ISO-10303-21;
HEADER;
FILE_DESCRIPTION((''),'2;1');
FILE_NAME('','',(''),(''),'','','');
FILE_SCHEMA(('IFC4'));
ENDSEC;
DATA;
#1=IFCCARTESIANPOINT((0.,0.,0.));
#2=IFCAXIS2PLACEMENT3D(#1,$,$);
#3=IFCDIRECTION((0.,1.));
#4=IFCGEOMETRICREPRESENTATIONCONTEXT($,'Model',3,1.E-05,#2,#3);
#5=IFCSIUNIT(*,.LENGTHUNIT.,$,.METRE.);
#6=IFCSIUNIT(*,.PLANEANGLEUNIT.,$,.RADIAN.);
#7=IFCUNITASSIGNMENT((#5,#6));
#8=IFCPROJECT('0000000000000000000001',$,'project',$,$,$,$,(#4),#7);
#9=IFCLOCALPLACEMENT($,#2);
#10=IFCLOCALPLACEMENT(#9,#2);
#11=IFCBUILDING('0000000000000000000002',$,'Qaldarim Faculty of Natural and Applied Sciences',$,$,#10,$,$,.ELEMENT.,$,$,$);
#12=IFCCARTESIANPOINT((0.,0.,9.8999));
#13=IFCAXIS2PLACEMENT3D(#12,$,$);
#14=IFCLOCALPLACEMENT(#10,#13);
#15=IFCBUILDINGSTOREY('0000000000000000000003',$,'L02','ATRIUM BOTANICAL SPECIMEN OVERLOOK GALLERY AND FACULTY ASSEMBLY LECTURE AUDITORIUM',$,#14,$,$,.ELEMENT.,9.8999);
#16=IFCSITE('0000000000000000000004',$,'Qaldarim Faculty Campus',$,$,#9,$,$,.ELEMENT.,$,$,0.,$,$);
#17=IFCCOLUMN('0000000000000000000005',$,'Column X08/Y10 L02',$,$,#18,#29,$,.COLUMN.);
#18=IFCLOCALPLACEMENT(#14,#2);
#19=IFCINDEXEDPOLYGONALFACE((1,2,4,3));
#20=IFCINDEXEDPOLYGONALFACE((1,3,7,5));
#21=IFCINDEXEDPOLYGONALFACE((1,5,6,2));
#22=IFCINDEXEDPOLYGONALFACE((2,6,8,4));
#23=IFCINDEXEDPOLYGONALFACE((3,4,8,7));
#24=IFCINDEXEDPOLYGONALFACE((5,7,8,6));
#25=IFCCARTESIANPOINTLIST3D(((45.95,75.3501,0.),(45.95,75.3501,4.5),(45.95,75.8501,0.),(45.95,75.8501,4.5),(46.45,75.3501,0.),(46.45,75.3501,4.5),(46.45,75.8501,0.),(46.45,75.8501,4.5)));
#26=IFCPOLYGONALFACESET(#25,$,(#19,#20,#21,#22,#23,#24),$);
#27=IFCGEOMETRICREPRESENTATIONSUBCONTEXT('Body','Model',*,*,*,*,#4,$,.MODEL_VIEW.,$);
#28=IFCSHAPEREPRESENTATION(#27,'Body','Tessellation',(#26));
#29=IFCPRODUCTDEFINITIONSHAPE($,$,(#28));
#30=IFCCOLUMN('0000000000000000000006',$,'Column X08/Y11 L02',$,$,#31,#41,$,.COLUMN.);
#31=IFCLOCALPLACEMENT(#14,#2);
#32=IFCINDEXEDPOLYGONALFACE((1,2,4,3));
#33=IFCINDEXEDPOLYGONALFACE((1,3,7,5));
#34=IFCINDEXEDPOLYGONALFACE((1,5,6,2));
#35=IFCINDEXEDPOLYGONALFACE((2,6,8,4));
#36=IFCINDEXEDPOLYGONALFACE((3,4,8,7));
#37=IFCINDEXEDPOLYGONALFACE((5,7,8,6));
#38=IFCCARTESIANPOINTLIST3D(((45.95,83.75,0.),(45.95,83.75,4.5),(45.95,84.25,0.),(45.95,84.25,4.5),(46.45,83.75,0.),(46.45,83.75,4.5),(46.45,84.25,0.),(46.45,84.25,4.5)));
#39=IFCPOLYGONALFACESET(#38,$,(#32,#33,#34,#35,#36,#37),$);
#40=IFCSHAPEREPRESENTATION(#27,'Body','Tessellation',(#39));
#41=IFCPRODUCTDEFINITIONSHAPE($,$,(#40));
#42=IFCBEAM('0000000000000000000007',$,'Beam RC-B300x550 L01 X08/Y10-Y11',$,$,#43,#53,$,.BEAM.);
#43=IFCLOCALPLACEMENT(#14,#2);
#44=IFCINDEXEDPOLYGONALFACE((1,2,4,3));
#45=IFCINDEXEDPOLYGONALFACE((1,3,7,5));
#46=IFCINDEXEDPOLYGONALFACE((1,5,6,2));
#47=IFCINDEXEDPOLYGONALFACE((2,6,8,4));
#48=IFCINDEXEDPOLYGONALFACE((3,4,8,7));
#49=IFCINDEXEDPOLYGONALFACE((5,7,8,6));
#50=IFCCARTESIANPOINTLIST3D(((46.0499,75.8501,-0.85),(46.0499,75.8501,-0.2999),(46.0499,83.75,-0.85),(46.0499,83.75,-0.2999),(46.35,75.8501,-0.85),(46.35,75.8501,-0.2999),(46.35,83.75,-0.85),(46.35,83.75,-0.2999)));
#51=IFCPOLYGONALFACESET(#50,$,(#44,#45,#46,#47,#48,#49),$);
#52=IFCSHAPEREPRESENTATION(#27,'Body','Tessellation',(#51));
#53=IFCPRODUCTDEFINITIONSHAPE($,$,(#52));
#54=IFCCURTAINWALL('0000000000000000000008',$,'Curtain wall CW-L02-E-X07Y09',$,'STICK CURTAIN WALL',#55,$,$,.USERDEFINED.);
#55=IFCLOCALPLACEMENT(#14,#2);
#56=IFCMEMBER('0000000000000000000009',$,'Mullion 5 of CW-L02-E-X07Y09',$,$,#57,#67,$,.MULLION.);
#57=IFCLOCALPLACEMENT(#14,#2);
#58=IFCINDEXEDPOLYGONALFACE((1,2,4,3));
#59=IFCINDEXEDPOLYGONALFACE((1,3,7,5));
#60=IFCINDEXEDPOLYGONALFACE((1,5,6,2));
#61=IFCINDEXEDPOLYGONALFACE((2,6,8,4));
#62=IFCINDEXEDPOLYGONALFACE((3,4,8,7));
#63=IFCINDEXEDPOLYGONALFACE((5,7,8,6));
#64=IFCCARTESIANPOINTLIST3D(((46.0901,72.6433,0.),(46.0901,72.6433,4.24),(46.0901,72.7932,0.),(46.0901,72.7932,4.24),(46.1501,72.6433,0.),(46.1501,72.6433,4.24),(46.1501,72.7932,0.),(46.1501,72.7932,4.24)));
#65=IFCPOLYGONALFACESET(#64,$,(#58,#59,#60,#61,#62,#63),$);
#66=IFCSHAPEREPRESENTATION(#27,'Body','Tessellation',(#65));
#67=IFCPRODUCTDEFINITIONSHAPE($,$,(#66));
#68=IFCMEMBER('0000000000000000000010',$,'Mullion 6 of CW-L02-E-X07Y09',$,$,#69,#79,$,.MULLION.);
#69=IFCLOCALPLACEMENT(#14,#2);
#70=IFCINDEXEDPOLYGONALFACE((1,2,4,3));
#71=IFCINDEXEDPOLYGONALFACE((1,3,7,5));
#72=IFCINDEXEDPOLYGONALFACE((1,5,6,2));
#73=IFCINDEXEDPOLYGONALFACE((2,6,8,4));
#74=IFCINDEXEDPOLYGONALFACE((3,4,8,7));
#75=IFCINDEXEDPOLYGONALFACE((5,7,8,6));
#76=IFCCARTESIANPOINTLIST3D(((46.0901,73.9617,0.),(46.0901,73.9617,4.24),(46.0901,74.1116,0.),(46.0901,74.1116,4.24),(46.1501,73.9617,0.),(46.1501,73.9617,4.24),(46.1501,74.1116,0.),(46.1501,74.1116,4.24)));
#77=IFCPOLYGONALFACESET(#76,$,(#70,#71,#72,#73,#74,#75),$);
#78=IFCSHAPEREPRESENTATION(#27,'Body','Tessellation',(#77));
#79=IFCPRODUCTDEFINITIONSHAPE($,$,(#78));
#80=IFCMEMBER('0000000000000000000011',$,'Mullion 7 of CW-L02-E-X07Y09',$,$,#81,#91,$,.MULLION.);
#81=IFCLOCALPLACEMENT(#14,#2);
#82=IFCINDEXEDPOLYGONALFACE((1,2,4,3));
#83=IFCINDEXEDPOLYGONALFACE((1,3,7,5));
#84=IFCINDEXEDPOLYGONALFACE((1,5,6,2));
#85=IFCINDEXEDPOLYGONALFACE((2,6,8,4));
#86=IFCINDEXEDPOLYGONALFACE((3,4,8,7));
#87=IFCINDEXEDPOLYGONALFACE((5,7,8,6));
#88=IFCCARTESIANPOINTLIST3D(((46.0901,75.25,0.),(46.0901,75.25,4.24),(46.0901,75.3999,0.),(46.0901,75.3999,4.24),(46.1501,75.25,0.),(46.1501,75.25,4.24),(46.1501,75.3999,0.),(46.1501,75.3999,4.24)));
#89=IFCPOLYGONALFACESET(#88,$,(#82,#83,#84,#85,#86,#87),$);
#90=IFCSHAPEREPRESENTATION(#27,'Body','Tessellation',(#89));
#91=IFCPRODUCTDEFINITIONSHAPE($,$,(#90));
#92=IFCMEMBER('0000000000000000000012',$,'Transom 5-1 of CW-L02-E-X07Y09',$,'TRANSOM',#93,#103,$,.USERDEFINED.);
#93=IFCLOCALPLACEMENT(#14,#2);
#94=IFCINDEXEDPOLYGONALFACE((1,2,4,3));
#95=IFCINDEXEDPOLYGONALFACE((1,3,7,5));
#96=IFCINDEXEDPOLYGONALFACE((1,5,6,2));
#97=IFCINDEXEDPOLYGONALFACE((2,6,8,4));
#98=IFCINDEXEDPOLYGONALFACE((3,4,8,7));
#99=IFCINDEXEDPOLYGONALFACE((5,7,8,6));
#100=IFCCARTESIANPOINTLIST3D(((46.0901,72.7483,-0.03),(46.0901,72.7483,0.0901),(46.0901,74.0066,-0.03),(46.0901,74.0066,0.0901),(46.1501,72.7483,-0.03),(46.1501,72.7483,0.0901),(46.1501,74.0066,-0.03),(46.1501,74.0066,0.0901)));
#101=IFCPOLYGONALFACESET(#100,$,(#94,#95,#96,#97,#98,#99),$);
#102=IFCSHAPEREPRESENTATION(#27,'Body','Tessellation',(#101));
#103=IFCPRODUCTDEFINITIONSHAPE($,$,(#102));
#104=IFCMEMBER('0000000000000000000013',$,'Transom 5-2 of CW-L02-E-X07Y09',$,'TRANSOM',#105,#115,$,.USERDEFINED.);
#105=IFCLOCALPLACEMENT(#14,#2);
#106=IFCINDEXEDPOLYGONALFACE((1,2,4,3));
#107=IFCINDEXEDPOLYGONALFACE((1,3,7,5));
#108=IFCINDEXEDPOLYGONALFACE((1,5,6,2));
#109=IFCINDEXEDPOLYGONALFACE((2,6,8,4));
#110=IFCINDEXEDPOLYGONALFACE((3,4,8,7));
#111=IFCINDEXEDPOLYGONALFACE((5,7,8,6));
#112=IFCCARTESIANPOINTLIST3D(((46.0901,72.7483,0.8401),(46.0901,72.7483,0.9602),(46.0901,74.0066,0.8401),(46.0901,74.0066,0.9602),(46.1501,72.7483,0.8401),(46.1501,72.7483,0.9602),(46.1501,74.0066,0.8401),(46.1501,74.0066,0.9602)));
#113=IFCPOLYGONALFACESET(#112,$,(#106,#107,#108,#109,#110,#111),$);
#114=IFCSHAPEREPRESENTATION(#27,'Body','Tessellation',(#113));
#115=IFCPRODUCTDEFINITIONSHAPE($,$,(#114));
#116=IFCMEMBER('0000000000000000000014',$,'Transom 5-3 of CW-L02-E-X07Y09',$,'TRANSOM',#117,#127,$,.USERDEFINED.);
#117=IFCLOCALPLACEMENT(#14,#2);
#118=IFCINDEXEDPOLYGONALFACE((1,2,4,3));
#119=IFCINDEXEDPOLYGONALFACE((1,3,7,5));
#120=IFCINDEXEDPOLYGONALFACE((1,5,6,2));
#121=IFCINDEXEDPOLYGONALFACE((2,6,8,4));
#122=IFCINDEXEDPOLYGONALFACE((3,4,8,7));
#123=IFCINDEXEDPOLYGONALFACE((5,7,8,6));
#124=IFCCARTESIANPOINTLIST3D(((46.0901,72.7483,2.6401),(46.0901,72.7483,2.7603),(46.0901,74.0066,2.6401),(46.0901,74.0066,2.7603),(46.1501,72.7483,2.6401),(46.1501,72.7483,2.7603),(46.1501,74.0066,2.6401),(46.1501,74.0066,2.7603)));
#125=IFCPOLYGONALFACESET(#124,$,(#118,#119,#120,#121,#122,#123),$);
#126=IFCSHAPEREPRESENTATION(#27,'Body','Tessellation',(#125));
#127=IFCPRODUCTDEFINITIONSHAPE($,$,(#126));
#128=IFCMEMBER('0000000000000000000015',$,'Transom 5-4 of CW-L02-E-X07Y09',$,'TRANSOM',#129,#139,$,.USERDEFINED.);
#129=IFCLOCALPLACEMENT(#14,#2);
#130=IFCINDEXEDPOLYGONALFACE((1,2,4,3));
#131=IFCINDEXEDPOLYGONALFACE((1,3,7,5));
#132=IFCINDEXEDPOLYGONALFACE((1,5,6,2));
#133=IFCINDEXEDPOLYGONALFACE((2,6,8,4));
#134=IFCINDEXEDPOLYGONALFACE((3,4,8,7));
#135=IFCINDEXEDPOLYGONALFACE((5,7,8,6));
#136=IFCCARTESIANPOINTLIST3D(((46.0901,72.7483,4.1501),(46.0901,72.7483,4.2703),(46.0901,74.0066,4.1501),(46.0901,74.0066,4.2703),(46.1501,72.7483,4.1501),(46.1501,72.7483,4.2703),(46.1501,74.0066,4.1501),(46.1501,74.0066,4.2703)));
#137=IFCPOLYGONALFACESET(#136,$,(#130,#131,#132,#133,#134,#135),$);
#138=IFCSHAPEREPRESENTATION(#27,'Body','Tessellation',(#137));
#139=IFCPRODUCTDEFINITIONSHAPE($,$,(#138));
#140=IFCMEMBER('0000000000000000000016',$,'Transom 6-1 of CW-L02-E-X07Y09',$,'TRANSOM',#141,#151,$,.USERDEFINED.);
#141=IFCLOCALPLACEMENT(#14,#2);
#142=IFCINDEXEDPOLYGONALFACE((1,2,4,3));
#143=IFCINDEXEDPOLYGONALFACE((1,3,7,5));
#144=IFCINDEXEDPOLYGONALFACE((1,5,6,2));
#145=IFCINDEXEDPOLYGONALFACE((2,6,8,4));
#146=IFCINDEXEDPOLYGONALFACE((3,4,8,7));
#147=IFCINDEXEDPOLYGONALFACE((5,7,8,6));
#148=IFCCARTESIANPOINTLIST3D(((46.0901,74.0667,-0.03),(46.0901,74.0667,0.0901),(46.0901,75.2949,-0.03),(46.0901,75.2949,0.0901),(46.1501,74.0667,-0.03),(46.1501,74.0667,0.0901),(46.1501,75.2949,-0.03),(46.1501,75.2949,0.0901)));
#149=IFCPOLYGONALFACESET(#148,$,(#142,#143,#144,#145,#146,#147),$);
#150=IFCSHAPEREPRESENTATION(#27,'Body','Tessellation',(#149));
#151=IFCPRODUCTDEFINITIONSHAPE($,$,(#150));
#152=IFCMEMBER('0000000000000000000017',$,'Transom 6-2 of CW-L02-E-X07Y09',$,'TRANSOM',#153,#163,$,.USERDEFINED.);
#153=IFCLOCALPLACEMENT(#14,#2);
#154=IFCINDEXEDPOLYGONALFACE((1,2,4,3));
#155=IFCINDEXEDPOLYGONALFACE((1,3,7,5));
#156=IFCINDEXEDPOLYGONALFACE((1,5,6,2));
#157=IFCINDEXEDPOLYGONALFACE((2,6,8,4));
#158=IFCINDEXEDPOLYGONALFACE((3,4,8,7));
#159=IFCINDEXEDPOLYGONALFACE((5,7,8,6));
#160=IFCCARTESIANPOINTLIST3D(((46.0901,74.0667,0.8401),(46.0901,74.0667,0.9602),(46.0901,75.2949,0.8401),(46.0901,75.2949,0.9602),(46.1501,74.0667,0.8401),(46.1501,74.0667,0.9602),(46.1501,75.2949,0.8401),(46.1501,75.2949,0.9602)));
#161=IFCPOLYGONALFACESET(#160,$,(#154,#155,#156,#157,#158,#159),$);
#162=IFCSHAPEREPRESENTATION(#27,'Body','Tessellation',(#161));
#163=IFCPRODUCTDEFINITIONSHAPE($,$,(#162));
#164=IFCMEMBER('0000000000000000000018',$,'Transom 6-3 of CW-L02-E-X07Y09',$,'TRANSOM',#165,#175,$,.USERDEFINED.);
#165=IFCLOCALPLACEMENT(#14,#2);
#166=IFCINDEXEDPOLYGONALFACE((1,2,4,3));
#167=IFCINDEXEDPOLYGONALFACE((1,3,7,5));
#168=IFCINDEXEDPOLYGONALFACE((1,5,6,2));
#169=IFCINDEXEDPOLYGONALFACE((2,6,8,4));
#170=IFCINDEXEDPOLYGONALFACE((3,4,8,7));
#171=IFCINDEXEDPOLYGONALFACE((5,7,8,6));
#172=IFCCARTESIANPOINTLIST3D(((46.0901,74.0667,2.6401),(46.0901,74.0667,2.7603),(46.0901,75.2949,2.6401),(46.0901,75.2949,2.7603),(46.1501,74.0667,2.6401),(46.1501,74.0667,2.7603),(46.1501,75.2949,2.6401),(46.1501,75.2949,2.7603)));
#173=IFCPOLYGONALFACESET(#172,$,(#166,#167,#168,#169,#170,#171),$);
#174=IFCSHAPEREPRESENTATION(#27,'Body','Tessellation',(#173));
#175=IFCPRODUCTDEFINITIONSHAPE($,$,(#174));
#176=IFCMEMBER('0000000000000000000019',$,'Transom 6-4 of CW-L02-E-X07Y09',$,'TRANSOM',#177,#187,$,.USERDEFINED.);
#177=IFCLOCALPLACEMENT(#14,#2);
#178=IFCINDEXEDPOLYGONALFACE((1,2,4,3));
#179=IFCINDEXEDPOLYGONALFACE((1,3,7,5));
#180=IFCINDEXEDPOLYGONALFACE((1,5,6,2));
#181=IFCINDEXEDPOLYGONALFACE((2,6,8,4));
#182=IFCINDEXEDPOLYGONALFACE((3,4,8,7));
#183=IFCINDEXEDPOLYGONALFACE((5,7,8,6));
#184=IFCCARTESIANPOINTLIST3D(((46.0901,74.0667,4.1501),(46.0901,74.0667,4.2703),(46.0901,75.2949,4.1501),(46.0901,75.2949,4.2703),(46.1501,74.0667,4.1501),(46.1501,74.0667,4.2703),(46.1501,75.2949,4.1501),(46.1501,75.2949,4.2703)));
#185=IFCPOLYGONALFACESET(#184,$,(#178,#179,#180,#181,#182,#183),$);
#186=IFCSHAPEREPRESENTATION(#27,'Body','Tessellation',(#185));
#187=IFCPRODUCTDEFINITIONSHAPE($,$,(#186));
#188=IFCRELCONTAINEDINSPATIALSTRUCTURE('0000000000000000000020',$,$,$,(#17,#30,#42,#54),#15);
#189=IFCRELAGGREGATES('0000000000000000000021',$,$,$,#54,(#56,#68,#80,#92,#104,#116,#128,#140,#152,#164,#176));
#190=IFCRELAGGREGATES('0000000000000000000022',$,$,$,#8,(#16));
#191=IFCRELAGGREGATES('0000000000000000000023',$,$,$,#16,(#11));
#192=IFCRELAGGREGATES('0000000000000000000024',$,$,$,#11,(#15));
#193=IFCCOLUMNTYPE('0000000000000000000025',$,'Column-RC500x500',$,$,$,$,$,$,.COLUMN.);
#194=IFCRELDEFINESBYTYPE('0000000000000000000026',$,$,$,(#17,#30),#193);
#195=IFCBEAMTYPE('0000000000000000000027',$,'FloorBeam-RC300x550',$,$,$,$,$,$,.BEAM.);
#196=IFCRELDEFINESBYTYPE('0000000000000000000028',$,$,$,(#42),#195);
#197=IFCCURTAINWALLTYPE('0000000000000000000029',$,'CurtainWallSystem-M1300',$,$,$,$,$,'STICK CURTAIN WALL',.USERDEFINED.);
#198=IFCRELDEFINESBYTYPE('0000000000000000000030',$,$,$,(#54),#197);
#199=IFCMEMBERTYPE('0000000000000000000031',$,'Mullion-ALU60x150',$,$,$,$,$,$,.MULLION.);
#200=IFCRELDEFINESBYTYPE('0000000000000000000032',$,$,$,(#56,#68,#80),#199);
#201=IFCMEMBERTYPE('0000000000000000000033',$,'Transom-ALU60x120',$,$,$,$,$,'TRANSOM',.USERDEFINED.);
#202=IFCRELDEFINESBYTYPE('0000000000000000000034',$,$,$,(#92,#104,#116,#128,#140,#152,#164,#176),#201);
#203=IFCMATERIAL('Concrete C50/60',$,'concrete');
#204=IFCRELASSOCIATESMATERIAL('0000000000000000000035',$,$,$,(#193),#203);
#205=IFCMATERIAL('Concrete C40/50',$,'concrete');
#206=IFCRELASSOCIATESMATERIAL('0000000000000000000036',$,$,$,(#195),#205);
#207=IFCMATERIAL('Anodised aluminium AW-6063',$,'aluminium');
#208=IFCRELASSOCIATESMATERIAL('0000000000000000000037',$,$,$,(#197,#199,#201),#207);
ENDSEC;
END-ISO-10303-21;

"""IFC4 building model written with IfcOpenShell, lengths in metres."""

from ifc_helpers import new_model, si_unit, direction, frame, origin, origin_2d, place, context, subcontext, project, spatial, rectangle, extrude, material, material_profile, profile_set, type_object, element, aggregate, save


model = new_model("IFC4")

# Units and contexts
model_context = context("Model", 3, precision=1e-05, world=origin(), true_north=direction((0.0, 1.0)))
body_context = subcontext(model_context, "Body", "Model", "MODEL_VIEW")
ifc_project = project(units=[si_unit("LENGTHUNIT", "METRE"), si_unit("PLANEANGLEUNIT", "RADIAN")], contexts=[model_context])

# Site, building, storey
site_placement = place(None, origin())
site = spatial("IfcSite", under=ifc_project, at=site_placement, Name="Qaldarim Faculty Campus", CompositionType="ELEMENT", RefElevation=0.0)
building_placement = place(site_placement, origin())
building = spatial("IfcBuilding", under=site, at=building_placement, Name="Qaldarim Faculty of Natural and Applied Sciences", CompositionType="ELEMENT")
storey_placement = place(building_placement, frame((0.0, 0.0, 9.8999)))
storey = spatial("IfcBuildingStorey", under=building, at=storey_placement, Name="L02", Description="ATRIUM BOTANICAL SPECIMEN OVERLOOK GALLERY AND FACULTY ASSEMBLY LECTURE AUDITORIUM", CompositionType="ELEMENT", Elevation=9.8999)

# Columns
ifc_material_1 = material(Name="Concrete C50/60", Category="concrete")
ifc_material_profile_1 = material_profile(ifc_material_1, rectangle(XDim=0.5, YDim=0.5, at=origin_2d()), Name="RC-C500x500")
ifc_profile_set_1 = profile_set([ifc_material_profile_1], Name="Concrete C50/60")
column_type = type_object("IfcColumnType", Name="Column-RC500x500", PredefinedType="COLUMN", material=ifc_profile_set_1)
for number, where, z_axis, x_axis, name in (
    (1, (46.2, 75.6001, 0.0), (0.0, 0.0, 1.0), (1.0, 0.0, 0.0), "Column X08/Y10 L02"),
    (2, (46.2, 84.0, 0.0), (0.0, 0.0, 1.0), (1.0, 0.0, 0.0), "Column X08/Y11 L02"),
):
    element("IfcColumn", number, at=place(storey_placement, frame(where, z_axis=z_axis, x_axis=x_axis)), inside=storey, type_object=column_type, Name=name, PredefinedType="COLUMN", context=body_context, shape_type="SweptSolid", body=[
        extrude(rectangle(XDim=0.5, YDim=0.5, at=origin_2d()), origin(), (0.0, 0.0, 1.0), 4.5),
    ])

# Beam
ifc_material_2 = material(Name="Concrete C40/50", Category="concrete")
ifc_material_profile_2 = material_profile(ifc_material_2, rectangle(XDim=0.3, YDim=0.55, at=origin_2d()), Name="RC-B300x550")
ifc_profile_set_2 = profile_set([ifc_material_profile_2], Name="Concrete C40/50")
beam_type = type_object("IfcBeamType", Name="FloorBeam-RC300x550", PredefinedType="BEAM", material=ifc_profile_set_2)
beam_placement = place(storey_placement, frame((46.2, 75.8501, -0.575), z_axis=(0.0, 1.0, 0.0), x_axis=(-1.0, 0.0, 0.0)))
element("IfcBeam", 3, at=beam_placement, inside=storey, type_object=beam_type, Name="Beam RC-B300x550 L01 X08/Y10-Y11", PredefinedType="BEAM", context=body_context, shape_type="SweptSolid", body=[
    extrude(rectangle(XDim=0.3, YDim=0.55, at=origin_2d()), origin(), (0.0, 0.0, 1.0), 7.8999),
])

# Curtain wall, members
ifc_material_3 = material(Name="Anodised aluminium AW-6063", Category="aluminium")
curtain_wall_type = type_object("IfcCurtainWallType", Name="CurtainWallSystem-M1300", ElementType="STICK CURTAIN WALL", PredefinedType="USERDEFINED", material=ifc_material_3)
curtain_wall_placement = place(storey_placement, origin())
curtain_wall = element("IfcCurtainWall", 4, at=curtain_wall_placement, inside=storey, type_object=curtain_wall_type, Name="Curtain wall CW-L02-E-X07Y09", ObjectType="STICK CURTAIN WALL", PredefinedType="USERDEFINED")
ifc_material_profile_3 = material_profile(ifc_material_3, rectangle(XDim=0.0601, YDim=0.1499, at=origin_2d()), Name="ALU-M60x150")
ifc_profile_set_3 = profile_set([ifc_material_profile_3], Name="Anodised aluminium AW-6063")
member_type_1 = type_object("IfcMemberType", Name="Mullion-ALU60x150", PredefinedType="MULLION", material=ifc_profile_set_3)
member_1_placement = place(storey_placement, frame((46.1201, 72.7183, 0.0), z_axis=(0.0, 0.0, 1.0), x_axis=(-1.0, 0.0, 0.0)))
member_1 = element("IfcMember", 5, at=member_1_placement, type_object=member_type_1, Name="Mullion 5 of CW-L02-E-X07Y09", PredefinedType="MULLION", context=body_context, shape_type="SweptSolid", body=[
    extrude(rectangle(XDim=0.0601, YDim=0.1499, at=origin_2d()), origin(), (0.0, 0.0, 1.0), 4.24),
])
member_2_placement = place(storey_placement, frame((46.1201, 74.0366, 0.0), z_axis=(0.0, 0.0, 1.0), x_axis=(-1.0, 0.0, 0.0)))
member_2 = element("IfcMember", 6, at=member_2_placement, type_object=member_type_1, Name="Mullion 6 of CW-L02-E-X07Y09", PredefinedType="MULLION", context=body_context, shape_type="SweptSolid", body=[
    extrude(rectangle(XDim=0.0601, YDim=0.1499, at=origin_2d()), origin(), (0.0, 0.0, 1.0), 4.24),
])
member_3_placement = place(storey_placement, frame((46.1201, 75.325, 0.0), z_axis=(0.0, 0.0, 1.0), x_axis=(-1.0, 0.0, 0.0)))
member_3 = element("IfcMember", 7, at=member_3_placement, type_object=member_type_1, Name="Mullion 7 of CW-L02-E-X07Y09", PredefinedType="MULLION", context=body_context, shape_type="SweptSolid", body=[
    extrude(rectangle(XDim=0.0601, YDim=0.1499, at=origin_2d()), origin(), (0.0, 0.0, 1.0), 4.24),
])
ifc_material_profile_4 = material_profile(ifc_material_3, rectangle(XDim=0.0601, YDim=0.1201, at=origin_2d()), Name="ALU-T60x120")
ifc_profile_set_4 = profile_set([ifc_material_profile_4], Name="Anodised aluminium AW-6063")
member_type_2 = type_object("IfcMemberType", Name="Transom-ALU60x120", ElementType="TRANSOM", PredefinedType="USERDEFINED", material=ifc_profile_set_4)
member_4_placement = place(storey_placement, frame((46.1201, 72.7483, 0.03), z_axis=(0.0, 1.0, 0.0), x_axis=(-1.0, 0.0, 0.0)))
member_4 = element("IfcMember", 8, at=member_4_placement, type_object=member_type_2, Name="Transom 5-1 of CW-L02-E-X07Y09", ObjectType="TRANSOM", PredefinedType="USERDEFINED", context=body_context, shape_type="SweptSolid", body=[
    extrude(rectangle(XDim=0.0601, YDim=0.1201, at=origin_2d()), origin(), (0.0, 0.0, 1.0), 1.2583),
])
member_5_placement = place(storey_placement, frame((46.1201, 72.7483, 0.9001), z_axis=(0.0, 1.0, 0.0), x_axis=(-1.0, 0.0, 0.0)))
member_5 = element("IfcMember", 9, at=member_5_placement, type_object=member_type_2, Name="Transom 5-2 of CW-L02-E-X07Y09", ObjectType="TRANSOM", PredefinedType="USERDEFINED", context=body_context, shape_type="SweptSolid", body=[
    extrude(rectangle(XDim=0.0601, YDim=0.1201, at=origin_2d()), origin(), (0.0, 0.0, 1.0), 1.2583),
])
member_6_placement = place(storey_placement, frame((46.1201, 72.7483, 2.7002), z_axis=(0.0, 1.0, 0.0), x_axis=(-1.0, 0.0, 0.0)))
member_6 = element("IfcMember", 10, at=member_6_placement, type_object=member_type_2, Name="Transom 5-3 of CW-L02-E-X07Y09", ObjectType="TRANSOM", PredefinedType="USERDEFINED", context=body_context, shape_type="SweptSolid", body=[
    extrude(rectangle(XDim=0.0601, YDim=0.1201, at=origin_2d()), origin(), (0.0, 0.0, 1.0), 1.2583),
])
member_7_placement = place(storey_placement, frame((46.1201, 72.7483, 4.2102), z_axis=(0.0, 1.0, 0.0), x_axis=(-1.0, 0.0, 0.0)))
member_7 = element("IfcMember", 11, at=member_7_placement, type_object=member_type_2, Name="Transom 5-4 of CW-L02-E-X07Y09", ObjectType="TRANSOM", PredefinedType="USERDEFINED", context=body_context, shape_type="SweptSolid", body=[
    extrude(rectangle(XDim=0.0601, YDim=0.1201, at=origin_2d()), origin(), (0.0, 0.0, 1.0), 1.2583),
])
member_8_placement = place(storey_placement, frame((46.1201, 74.0667, 0.03), z_axis=(0.0, 1.0, 0.0), x_axis=(-1.0, 0.0, 0.0)))
member_8 = element("IfcMember", 12, at=member_8_placement, type_object=member_type_2, Name="Transom 6-1 of CW-L02-E-X07Y09", ObjectType="TRANSOM", PredefinedType="USERDEFINED", context=body_context, shape_type="SweptSolid", body=[
    extrude(rectangle(XDim=0.0601, YDim=0.1201, at=origin_2d()), origin(), (0.0, 0.0, 1.0), 1.2283),
])
member_9_placement = place(storey_placement, frame((46.1201, 74.0667, 0.9001), z_axis=(0.0, 1.0, 0.0), x_axis=(-1.0, 0.0, 0.0)))
member_9 = element("IfcMember", 13, at=member_9_placement, type_object=member_type_2, Name="Transom 6-2 of CW-L02-E-X07Y09", ObjectType="TRANSOM", PredefinedType="USERDEFINED", context=body_context, shape_type="SweptSolid", body=[
    extrude(rectangle(XDim=0.0601, YDim=0.1201, at=origin_2d()), origin(), (0.0, 0.0, 1.0), 1.2283),
])
member_10_placement = place(storey_placement, frame((46.1201, 74.0667, 2.7002), z_axis=(0.0, 1.0, 0.0), x_axis=(-1.0, 0.0, 0.0)))
member_10 = element("IfcMember", 14, at=member_10_placement, type_object=member_type_2, Name="Transom 6-3 of CW-L02-E-X07Y09", ObjectType="TRANSOM", PredefinedType="USERDEFINED", context=body_context, shape_type="SweptSolid", body=[
    extrude(rectangle(XDim=0.0601, YDim=0.1201, at=origin_2d()), origin(), (0.0, 0.0, 1.0), 1.2283),
])
member_11_placement = place(storey_placement, frame((46.1201, 74.0667, 4.2102), z_axis=(0.0, 1.0, 0.0), x_axis=(-1.0, 0.0, 0.0)))
member_11 = element("IfcMember", 15, at=member_11_placement, type_object=member_type_2, Name="Transom 6-4 of CW-L02-E-X07Y09", ObjectType="TRANSOM", PredefinedType="USERDEFINED", context=body_context, shape_type="SweptSolid", body=[
    extrude(rectangle(XDim=0.0601, YDim=0.1201, at=origin_2d()), origin(), (0.0, 0.0, 1.0), 1.2283),
])
aggregate(curtain_wall, [member_1, member_2, member_3, member_4, member_5, member_6, member_7, member_8, member_9, member_10, member_11])

save(model, "model.ifc")
